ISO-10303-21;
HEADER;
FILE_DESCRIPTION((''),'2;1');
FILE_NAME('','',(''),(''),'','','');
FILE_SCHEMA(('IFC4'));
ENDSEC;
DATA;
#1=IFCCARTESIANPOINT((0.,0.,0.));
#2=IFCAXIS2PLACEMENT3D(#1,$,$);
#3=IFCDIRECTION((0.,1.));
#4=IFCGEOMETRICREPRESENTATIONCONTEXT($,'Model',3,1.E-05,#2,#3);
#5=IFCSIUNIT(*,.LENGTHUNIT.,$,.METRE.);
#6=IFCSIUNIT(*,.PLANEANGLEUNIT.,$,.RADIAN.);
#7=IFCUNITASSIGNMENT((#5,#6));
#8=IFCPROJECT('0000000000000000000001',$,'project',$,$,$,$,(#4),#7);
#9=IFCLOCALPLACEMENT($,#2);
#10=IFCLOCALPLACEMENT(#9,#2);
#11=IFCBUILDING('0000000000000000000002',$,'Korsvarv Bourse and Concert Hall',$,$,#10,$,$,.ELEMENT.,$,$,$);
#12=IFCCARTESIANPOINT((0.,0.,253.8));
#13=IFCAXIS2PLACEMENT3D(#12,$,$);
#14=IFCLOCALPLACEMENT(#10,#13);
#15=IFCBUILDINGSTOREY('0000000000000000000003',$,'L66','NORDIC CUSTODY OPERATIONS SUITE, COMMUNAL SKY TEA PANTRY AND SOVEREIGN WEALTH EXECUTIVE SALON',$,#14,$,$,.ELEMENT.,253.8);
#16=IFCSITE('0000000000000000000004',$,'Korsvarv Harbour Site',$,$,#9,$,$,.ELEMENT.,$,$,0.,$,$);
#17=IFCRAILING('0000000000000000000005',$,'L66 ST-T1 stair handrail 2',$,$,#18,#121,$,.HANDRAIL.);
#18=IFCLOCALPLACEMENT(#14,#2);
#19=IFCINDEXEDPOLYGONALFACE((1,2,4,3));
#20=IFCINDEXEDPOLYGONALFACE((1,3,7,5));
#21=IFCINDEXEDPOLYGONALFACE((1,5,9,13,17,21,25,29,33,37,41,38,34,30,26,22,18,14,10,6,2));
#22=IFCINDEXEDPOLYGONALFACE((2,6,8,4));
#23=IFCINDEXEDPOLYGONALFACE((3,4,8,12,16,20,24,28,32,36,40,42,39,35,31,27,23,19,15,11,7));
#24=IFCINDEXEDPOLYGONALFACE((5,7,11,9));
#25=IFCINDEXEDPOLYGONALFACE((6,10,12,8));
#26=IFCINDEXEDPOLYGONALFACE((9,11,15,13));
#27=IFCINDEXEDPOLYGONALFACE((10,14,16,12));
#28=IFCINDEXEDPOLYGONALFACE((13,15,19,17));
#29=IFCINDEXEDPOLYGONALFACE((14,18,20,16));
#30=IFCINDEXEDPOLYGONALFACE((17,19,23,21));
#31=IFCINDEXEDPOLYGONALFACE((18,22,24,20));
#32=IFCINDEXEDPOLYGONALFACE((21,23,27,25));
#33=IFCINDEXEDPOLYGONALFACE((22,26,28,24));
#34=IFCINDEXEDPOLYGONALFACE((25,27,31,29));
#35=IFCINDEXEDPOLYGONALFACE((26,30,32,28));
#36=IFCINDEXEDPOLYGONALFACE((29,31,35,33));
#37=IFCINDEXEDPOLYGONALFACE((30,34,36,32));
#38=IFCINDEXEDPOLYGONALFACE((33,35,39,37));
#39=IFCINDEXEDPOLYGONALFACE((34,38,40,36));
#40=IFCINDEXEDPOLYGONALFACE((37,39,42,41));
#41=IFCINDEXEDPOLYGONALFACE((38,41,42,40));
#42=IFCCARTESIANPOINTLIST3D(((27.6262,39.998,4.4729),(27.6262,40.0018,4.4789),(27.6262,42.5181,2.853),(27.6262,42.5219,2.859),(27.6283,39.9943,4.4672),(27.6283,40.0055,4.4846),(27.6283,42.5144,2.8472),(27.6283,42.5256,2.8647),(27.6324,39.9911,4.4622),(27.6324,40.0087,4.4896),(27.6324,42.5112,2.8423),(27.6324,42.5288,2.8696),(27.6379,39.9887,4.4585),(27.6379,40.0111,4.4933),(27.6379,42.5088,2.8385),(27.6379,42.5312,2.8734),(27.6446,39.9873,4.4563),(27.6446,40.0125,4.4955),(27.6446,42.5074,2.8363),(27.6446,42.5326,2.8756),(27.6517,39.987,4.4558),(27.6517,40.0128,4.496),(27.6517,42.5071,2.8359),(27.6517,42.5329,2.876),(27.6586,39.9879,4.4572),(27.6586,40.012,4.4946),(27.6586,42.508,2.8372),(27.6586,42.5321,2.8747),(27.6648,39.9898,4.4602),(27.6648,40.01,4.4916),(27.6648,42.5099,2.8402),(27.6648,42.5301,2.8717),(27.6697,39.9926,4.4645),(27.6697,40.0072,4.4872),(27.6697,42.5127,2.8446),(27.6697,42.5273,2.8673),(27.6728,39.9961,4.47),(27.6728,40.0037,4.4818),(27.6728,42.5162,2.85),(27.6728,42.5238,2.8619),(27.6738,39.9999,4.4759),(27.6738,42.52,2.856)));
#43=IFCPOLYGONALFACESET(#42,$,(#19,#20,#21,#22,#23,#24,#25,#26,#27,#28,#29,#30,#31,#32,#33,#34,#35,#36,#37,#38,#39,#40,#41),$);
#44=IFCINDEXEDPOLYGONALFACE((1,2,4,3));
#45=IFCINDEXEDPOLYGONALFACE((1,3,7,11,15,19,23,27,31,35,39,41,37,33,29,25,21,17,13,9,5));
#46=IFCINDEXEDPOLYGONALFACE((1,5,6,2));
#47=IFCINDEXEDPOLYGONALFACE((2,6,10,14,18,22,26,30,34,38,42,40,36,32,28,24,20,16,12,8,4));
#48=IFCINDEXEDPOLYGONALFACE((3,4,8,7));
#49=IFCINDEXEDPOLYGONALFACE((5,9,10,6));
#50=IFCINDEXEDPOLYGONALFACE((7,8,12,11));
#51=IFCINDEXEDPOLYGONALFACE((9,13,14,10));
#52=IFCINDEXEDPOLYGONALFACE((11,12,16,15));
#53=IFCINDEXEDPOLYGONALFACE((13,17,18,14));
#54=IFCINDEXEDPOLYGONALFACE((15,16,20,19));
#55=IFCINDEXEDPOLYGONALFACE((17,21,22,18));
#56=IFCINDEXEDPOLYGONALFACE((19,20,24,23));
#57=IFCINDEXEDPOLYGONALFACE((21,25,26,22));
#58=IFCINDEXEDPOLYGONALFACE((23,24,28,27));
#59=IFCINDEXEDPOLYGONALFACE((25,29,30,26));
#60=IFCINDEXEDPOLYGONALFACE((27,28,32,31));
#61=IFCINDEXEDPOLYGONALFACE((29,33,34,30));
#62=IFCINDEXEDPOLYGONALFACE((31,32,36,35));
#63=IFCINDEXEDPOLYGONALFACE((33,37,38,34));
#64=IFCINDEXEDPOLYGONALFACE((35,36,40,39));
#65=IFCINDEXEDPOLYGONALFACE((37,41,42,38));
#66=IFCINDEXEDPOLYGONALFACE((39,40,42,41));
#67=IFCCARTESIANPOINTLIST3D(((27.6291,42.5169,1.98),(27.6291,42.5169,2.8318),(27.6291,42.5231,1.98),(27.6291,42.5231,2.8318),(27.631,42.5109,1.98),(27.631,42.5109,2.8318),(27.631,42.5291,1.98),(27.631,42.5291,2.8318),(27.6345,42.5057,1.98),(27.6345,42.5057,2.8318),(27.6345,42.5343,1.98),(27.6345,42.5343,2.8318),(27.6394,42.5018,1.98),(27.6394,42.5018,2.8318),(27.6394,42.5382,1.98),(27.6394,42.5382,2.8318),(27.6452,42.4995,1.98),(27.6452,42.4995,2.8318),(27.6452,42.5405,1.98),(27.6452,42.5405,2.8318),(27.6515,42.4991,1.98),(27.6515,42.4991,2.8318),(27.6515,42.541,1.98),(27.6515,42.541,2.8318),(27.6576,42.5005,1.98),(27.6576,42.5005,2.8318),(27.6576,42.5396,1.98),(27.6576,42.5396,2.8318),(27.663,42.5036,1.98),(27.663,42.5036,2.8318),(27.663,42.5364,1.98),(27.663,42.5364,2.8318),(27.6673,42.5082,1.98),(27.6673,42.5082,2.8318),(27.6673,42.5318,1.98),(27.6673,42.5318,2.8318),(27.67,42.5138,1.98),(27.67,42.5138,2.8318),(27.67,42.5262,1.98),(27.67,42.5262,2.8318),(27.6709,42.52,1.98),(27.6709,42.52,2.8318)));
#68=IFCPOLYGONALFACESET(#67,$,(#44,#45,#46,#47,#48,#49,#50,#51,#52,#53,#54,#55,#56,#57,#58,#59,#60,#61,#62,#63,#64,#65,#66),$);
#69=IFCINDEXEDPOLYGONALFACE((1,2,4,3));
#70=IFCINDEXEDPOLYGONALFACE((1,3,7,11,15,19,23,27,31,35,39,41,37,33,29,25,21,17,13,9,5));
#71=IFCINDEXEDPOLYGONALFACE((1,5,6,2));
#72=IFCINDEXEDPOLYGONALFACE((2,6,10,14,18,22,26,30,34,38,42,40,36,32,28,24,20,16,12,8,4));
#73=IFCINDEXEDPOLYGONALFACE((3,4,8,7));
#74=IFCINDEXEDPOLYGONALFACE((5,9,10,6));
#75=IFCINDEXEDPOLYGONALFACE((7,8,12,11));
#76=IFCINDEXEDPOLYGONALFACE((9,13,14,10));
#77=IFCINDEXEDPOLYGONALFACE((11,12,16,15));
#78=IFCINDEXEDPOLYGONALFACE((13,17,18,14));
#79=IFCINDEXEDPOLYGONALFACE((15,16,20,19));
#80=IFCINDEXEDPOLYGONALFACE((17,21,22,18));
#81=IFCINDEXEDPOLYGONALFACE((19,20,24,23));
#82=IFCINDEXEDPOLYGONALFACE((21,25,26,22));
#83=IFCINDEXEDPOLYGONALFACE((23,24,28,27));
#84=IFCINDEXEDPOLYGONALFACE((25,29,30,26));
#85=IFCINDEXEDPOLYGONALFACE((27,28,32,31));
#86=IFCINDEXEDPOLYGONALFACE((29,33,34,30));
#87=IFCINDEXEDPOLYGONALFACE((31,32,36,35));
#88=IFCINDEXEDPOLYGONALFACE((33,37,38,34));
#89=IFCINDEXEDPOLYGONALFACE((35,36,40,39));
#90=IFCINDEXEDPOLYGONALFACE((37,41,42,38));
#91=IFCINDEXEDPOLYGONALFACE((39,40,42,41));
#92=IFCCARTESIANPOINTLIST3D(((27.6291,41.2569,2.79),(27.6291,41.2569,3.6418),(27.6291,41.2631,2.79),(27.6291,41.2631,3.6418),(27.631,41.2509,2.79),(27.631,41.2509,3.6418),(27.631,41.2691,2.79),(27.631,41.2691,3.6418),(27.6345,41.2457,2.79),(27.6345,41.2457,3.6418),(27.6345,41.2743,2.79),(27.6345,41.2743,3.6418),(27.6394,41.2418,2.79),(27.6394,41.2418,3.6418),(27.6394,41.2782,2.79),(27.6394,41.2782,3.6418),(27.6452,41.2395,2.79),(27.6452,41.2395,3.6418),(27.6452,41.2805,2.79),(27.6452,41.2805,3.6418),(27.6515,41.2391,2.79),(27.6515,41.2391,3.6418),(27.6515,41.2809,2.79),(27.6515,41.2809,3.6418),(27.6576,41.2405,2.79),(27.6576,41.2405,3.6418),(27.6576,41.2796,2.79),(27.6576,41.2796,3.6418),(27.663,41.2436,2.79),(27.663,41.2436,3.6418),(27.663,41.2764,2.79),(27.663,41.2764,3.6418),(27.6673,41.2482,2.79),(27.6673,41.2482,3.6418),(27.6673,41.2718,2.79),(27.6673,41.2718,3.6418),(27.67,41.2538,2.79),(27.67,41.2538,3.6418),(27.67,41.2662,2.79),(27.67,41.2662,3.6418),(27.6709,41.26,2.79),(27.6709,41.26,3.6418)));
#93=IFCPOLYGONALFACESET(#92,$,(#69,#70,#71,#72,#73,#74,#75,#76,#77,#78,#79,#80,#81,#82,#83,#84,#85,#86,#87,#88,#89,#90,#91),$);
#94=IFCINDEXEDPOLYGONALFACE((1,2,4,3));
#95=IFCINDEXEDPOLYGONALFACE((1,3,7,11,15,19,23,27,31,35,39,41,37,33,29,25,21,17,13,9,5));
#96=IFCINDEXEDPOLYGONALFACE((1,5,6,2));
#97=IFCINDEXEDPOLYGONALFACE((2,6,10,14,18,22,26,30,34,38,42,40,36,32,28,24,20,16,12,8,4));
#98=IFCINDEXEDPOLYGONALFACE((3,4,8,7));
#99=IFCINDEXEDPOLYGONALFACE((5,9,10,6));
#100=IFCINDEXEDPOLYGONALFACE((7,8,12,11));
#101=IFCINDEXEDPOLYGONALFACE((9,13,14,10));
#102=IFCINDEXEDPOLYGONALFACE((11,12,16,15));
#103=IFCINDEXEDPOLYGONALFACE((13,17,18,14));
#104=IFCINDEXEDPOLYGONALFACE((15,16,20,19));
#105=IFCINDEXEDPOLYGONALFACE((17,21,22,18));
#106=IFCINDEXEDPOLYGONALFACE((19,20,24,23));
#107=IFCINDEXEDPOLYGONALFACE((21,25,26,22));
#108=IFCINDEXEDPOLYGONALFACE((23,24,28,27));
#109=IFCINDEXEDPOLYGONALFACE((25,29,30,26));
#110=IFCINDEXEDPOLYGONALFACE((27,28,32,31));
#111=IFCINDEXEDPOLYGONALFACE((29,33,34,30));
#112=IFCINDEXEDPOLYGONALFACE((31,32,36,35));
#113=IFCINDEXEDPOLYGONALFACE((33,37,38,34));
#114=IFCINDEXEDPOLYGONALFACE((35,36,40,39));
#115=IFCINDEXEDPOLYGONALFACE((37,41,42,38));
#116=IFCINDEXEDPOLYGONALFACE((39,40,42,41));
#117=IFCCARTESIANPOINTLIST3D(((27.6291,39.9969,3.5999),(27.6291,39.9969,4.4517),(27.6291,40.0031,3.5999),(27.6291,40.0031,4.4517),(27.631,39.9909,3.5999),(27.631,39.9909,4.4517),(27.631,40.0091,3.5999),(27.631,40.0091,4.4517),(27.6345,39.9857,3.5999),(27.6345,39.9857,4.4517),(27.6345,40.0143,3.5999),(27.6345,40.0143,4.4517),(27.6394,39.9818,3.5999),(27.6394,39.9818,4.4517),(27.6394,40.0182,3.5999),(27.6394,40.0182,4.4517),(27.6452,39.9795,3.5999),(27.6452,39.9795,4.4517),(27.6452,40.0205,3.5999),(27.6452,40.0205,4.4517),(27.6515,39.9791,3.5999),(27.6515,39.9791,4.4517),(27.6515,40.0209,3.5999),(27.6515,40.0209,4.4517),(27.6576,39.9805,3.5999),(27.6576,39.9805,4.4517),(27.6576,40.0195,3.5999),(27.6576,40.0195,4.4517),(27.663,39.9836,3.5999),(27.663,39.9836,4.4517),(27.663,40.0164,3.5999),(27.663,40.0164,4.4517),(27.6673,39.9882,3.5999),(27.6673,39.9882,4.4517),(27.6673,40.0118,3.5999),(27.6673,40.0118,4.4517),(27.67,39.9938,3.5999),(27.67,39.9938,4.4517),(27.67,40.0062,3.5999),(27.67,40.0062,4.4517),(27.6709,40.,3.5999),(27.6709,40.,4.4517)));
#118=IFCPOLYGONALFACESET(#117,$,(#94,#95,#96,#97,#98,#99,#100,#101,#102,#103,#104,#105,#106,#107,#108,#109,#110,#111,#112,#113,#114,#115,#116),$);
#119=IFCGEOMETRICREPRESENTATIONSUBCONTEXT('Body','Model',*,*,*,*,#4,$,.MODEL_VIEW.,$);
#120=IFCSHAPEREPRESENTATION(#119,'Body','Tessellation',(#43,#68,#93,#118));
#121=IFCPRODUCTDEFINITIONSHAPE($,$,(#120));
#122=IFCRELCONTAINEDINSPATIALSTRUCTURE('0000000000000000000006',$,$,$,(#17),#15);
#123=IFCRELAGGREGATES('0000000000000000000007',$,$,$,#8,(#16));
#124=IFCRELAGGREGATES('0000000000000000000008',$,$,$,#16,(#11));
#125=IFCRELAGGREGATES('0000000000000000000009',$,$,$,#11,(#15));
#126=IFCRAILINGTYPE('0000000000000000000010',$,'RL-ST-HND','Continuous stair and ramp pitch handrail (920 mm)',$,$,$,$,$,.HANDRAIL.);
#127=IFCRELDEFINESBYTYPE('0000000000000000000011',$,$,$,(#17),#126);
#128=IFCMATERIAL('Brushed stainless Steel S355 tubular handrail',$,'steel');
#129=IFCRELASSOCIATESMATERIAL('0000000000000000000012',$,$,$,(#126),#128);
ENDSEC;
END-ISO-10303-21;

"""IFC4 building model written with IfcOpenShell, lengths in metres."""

from ifc_helpers import new_model, si_unit, direction, frame, origin, origin_2d, place, context, subcontext, project, spatial, circle, extrude, material, type_object, element, save


model = new_model("IFC4")

# Units and contexts
model_context = context("Model", 3, precision=1e-05, world=origin(), true_north=direction((0.0, 1.0)))
body_context = subcontext(model_context, "Body", "Model", "MODEL_VIEW")
ifc_project = project(units=[si_unit("LENGTHUNIT", "METRE"), si_unit("PLANEANGLEUNIT", "RADIAN")], contexts=[model_context])

# Site, building, storey
site_placement = place(None, origin())
site = spatial("IfcSite", under=ifc_project, at=site_placement, Name="Korsvarv Harbour Site", CompositionType="ELEMENT", RefElevation=0.0)
building_placement = place(site_placement, origin())
building = spatial("IfcBuilding", under=site, at=building_placement, Name="Korsvarv Bourse and Concert Hall", CompositionType="ELEMENT")
storey_placement = place(building_placement, frame((0.0, 0.0, 253.8)))
storey = spatial("IfcBuildingStorey", under=building, at=storey_placement, Name="L66", Description="NORDIC CUSTODY OPERATIONS SUITE, COMMUNAL SKY TEA PANTRY AND SOVEREIGN WEALTH EXECUTIVE SALON", CompositionType="ELEMENT", Elevation=253.8)

# Railing
ifc_material_1 = material(Name="Brushed stainless Steel S355 tubular handrail", Category="steel")
railing_type = type_object("IfcRailingType", Name="RL-ST-HND", Description="Continuous stair and ramp pitch handrail (920 mm)", PredefinedType="HANDRAIL", material=ifc_material_1)
railing_placement = place(storey_placement, frame((27.6499, 42.52, 1.98)))
element("IfcRailing", 1, at=railing_placement, inside=storey, type_object=railing_type, Name="L66 ST-T1 stair handrail 2", PredefinedType="HANDRAIL", context=body_context, shape_type="SweptSolid", body=[
    extrude(circle(Radius=0.0239, at=origin_2d()), frame((0.0, 0.0, 0.876), z_axis=(0.0, -0.8412, 0.540725), x_axis=(1.0, 0.0, 0.0)), (0.0, 0.0, 1.0), 2.9958),
    extrude(circle(Radius=0.021, at=origin_2d()), origin(), (0.0, 0.0, 1.0), 0.8518),
    extrude(circle(Radius=0.021, at=origin_2d()), frame((0.0, -1.26, 0.8101)), (0.0, 0.0, 1.0), 0.8518),
    extrude(circle(Radius=0.021, at=origin_2d()), frame((0.0, -2.52, 1.6199)), (0.0, 0.0, 1.0), 0.8518),
])

save(model, "model.ifc")
